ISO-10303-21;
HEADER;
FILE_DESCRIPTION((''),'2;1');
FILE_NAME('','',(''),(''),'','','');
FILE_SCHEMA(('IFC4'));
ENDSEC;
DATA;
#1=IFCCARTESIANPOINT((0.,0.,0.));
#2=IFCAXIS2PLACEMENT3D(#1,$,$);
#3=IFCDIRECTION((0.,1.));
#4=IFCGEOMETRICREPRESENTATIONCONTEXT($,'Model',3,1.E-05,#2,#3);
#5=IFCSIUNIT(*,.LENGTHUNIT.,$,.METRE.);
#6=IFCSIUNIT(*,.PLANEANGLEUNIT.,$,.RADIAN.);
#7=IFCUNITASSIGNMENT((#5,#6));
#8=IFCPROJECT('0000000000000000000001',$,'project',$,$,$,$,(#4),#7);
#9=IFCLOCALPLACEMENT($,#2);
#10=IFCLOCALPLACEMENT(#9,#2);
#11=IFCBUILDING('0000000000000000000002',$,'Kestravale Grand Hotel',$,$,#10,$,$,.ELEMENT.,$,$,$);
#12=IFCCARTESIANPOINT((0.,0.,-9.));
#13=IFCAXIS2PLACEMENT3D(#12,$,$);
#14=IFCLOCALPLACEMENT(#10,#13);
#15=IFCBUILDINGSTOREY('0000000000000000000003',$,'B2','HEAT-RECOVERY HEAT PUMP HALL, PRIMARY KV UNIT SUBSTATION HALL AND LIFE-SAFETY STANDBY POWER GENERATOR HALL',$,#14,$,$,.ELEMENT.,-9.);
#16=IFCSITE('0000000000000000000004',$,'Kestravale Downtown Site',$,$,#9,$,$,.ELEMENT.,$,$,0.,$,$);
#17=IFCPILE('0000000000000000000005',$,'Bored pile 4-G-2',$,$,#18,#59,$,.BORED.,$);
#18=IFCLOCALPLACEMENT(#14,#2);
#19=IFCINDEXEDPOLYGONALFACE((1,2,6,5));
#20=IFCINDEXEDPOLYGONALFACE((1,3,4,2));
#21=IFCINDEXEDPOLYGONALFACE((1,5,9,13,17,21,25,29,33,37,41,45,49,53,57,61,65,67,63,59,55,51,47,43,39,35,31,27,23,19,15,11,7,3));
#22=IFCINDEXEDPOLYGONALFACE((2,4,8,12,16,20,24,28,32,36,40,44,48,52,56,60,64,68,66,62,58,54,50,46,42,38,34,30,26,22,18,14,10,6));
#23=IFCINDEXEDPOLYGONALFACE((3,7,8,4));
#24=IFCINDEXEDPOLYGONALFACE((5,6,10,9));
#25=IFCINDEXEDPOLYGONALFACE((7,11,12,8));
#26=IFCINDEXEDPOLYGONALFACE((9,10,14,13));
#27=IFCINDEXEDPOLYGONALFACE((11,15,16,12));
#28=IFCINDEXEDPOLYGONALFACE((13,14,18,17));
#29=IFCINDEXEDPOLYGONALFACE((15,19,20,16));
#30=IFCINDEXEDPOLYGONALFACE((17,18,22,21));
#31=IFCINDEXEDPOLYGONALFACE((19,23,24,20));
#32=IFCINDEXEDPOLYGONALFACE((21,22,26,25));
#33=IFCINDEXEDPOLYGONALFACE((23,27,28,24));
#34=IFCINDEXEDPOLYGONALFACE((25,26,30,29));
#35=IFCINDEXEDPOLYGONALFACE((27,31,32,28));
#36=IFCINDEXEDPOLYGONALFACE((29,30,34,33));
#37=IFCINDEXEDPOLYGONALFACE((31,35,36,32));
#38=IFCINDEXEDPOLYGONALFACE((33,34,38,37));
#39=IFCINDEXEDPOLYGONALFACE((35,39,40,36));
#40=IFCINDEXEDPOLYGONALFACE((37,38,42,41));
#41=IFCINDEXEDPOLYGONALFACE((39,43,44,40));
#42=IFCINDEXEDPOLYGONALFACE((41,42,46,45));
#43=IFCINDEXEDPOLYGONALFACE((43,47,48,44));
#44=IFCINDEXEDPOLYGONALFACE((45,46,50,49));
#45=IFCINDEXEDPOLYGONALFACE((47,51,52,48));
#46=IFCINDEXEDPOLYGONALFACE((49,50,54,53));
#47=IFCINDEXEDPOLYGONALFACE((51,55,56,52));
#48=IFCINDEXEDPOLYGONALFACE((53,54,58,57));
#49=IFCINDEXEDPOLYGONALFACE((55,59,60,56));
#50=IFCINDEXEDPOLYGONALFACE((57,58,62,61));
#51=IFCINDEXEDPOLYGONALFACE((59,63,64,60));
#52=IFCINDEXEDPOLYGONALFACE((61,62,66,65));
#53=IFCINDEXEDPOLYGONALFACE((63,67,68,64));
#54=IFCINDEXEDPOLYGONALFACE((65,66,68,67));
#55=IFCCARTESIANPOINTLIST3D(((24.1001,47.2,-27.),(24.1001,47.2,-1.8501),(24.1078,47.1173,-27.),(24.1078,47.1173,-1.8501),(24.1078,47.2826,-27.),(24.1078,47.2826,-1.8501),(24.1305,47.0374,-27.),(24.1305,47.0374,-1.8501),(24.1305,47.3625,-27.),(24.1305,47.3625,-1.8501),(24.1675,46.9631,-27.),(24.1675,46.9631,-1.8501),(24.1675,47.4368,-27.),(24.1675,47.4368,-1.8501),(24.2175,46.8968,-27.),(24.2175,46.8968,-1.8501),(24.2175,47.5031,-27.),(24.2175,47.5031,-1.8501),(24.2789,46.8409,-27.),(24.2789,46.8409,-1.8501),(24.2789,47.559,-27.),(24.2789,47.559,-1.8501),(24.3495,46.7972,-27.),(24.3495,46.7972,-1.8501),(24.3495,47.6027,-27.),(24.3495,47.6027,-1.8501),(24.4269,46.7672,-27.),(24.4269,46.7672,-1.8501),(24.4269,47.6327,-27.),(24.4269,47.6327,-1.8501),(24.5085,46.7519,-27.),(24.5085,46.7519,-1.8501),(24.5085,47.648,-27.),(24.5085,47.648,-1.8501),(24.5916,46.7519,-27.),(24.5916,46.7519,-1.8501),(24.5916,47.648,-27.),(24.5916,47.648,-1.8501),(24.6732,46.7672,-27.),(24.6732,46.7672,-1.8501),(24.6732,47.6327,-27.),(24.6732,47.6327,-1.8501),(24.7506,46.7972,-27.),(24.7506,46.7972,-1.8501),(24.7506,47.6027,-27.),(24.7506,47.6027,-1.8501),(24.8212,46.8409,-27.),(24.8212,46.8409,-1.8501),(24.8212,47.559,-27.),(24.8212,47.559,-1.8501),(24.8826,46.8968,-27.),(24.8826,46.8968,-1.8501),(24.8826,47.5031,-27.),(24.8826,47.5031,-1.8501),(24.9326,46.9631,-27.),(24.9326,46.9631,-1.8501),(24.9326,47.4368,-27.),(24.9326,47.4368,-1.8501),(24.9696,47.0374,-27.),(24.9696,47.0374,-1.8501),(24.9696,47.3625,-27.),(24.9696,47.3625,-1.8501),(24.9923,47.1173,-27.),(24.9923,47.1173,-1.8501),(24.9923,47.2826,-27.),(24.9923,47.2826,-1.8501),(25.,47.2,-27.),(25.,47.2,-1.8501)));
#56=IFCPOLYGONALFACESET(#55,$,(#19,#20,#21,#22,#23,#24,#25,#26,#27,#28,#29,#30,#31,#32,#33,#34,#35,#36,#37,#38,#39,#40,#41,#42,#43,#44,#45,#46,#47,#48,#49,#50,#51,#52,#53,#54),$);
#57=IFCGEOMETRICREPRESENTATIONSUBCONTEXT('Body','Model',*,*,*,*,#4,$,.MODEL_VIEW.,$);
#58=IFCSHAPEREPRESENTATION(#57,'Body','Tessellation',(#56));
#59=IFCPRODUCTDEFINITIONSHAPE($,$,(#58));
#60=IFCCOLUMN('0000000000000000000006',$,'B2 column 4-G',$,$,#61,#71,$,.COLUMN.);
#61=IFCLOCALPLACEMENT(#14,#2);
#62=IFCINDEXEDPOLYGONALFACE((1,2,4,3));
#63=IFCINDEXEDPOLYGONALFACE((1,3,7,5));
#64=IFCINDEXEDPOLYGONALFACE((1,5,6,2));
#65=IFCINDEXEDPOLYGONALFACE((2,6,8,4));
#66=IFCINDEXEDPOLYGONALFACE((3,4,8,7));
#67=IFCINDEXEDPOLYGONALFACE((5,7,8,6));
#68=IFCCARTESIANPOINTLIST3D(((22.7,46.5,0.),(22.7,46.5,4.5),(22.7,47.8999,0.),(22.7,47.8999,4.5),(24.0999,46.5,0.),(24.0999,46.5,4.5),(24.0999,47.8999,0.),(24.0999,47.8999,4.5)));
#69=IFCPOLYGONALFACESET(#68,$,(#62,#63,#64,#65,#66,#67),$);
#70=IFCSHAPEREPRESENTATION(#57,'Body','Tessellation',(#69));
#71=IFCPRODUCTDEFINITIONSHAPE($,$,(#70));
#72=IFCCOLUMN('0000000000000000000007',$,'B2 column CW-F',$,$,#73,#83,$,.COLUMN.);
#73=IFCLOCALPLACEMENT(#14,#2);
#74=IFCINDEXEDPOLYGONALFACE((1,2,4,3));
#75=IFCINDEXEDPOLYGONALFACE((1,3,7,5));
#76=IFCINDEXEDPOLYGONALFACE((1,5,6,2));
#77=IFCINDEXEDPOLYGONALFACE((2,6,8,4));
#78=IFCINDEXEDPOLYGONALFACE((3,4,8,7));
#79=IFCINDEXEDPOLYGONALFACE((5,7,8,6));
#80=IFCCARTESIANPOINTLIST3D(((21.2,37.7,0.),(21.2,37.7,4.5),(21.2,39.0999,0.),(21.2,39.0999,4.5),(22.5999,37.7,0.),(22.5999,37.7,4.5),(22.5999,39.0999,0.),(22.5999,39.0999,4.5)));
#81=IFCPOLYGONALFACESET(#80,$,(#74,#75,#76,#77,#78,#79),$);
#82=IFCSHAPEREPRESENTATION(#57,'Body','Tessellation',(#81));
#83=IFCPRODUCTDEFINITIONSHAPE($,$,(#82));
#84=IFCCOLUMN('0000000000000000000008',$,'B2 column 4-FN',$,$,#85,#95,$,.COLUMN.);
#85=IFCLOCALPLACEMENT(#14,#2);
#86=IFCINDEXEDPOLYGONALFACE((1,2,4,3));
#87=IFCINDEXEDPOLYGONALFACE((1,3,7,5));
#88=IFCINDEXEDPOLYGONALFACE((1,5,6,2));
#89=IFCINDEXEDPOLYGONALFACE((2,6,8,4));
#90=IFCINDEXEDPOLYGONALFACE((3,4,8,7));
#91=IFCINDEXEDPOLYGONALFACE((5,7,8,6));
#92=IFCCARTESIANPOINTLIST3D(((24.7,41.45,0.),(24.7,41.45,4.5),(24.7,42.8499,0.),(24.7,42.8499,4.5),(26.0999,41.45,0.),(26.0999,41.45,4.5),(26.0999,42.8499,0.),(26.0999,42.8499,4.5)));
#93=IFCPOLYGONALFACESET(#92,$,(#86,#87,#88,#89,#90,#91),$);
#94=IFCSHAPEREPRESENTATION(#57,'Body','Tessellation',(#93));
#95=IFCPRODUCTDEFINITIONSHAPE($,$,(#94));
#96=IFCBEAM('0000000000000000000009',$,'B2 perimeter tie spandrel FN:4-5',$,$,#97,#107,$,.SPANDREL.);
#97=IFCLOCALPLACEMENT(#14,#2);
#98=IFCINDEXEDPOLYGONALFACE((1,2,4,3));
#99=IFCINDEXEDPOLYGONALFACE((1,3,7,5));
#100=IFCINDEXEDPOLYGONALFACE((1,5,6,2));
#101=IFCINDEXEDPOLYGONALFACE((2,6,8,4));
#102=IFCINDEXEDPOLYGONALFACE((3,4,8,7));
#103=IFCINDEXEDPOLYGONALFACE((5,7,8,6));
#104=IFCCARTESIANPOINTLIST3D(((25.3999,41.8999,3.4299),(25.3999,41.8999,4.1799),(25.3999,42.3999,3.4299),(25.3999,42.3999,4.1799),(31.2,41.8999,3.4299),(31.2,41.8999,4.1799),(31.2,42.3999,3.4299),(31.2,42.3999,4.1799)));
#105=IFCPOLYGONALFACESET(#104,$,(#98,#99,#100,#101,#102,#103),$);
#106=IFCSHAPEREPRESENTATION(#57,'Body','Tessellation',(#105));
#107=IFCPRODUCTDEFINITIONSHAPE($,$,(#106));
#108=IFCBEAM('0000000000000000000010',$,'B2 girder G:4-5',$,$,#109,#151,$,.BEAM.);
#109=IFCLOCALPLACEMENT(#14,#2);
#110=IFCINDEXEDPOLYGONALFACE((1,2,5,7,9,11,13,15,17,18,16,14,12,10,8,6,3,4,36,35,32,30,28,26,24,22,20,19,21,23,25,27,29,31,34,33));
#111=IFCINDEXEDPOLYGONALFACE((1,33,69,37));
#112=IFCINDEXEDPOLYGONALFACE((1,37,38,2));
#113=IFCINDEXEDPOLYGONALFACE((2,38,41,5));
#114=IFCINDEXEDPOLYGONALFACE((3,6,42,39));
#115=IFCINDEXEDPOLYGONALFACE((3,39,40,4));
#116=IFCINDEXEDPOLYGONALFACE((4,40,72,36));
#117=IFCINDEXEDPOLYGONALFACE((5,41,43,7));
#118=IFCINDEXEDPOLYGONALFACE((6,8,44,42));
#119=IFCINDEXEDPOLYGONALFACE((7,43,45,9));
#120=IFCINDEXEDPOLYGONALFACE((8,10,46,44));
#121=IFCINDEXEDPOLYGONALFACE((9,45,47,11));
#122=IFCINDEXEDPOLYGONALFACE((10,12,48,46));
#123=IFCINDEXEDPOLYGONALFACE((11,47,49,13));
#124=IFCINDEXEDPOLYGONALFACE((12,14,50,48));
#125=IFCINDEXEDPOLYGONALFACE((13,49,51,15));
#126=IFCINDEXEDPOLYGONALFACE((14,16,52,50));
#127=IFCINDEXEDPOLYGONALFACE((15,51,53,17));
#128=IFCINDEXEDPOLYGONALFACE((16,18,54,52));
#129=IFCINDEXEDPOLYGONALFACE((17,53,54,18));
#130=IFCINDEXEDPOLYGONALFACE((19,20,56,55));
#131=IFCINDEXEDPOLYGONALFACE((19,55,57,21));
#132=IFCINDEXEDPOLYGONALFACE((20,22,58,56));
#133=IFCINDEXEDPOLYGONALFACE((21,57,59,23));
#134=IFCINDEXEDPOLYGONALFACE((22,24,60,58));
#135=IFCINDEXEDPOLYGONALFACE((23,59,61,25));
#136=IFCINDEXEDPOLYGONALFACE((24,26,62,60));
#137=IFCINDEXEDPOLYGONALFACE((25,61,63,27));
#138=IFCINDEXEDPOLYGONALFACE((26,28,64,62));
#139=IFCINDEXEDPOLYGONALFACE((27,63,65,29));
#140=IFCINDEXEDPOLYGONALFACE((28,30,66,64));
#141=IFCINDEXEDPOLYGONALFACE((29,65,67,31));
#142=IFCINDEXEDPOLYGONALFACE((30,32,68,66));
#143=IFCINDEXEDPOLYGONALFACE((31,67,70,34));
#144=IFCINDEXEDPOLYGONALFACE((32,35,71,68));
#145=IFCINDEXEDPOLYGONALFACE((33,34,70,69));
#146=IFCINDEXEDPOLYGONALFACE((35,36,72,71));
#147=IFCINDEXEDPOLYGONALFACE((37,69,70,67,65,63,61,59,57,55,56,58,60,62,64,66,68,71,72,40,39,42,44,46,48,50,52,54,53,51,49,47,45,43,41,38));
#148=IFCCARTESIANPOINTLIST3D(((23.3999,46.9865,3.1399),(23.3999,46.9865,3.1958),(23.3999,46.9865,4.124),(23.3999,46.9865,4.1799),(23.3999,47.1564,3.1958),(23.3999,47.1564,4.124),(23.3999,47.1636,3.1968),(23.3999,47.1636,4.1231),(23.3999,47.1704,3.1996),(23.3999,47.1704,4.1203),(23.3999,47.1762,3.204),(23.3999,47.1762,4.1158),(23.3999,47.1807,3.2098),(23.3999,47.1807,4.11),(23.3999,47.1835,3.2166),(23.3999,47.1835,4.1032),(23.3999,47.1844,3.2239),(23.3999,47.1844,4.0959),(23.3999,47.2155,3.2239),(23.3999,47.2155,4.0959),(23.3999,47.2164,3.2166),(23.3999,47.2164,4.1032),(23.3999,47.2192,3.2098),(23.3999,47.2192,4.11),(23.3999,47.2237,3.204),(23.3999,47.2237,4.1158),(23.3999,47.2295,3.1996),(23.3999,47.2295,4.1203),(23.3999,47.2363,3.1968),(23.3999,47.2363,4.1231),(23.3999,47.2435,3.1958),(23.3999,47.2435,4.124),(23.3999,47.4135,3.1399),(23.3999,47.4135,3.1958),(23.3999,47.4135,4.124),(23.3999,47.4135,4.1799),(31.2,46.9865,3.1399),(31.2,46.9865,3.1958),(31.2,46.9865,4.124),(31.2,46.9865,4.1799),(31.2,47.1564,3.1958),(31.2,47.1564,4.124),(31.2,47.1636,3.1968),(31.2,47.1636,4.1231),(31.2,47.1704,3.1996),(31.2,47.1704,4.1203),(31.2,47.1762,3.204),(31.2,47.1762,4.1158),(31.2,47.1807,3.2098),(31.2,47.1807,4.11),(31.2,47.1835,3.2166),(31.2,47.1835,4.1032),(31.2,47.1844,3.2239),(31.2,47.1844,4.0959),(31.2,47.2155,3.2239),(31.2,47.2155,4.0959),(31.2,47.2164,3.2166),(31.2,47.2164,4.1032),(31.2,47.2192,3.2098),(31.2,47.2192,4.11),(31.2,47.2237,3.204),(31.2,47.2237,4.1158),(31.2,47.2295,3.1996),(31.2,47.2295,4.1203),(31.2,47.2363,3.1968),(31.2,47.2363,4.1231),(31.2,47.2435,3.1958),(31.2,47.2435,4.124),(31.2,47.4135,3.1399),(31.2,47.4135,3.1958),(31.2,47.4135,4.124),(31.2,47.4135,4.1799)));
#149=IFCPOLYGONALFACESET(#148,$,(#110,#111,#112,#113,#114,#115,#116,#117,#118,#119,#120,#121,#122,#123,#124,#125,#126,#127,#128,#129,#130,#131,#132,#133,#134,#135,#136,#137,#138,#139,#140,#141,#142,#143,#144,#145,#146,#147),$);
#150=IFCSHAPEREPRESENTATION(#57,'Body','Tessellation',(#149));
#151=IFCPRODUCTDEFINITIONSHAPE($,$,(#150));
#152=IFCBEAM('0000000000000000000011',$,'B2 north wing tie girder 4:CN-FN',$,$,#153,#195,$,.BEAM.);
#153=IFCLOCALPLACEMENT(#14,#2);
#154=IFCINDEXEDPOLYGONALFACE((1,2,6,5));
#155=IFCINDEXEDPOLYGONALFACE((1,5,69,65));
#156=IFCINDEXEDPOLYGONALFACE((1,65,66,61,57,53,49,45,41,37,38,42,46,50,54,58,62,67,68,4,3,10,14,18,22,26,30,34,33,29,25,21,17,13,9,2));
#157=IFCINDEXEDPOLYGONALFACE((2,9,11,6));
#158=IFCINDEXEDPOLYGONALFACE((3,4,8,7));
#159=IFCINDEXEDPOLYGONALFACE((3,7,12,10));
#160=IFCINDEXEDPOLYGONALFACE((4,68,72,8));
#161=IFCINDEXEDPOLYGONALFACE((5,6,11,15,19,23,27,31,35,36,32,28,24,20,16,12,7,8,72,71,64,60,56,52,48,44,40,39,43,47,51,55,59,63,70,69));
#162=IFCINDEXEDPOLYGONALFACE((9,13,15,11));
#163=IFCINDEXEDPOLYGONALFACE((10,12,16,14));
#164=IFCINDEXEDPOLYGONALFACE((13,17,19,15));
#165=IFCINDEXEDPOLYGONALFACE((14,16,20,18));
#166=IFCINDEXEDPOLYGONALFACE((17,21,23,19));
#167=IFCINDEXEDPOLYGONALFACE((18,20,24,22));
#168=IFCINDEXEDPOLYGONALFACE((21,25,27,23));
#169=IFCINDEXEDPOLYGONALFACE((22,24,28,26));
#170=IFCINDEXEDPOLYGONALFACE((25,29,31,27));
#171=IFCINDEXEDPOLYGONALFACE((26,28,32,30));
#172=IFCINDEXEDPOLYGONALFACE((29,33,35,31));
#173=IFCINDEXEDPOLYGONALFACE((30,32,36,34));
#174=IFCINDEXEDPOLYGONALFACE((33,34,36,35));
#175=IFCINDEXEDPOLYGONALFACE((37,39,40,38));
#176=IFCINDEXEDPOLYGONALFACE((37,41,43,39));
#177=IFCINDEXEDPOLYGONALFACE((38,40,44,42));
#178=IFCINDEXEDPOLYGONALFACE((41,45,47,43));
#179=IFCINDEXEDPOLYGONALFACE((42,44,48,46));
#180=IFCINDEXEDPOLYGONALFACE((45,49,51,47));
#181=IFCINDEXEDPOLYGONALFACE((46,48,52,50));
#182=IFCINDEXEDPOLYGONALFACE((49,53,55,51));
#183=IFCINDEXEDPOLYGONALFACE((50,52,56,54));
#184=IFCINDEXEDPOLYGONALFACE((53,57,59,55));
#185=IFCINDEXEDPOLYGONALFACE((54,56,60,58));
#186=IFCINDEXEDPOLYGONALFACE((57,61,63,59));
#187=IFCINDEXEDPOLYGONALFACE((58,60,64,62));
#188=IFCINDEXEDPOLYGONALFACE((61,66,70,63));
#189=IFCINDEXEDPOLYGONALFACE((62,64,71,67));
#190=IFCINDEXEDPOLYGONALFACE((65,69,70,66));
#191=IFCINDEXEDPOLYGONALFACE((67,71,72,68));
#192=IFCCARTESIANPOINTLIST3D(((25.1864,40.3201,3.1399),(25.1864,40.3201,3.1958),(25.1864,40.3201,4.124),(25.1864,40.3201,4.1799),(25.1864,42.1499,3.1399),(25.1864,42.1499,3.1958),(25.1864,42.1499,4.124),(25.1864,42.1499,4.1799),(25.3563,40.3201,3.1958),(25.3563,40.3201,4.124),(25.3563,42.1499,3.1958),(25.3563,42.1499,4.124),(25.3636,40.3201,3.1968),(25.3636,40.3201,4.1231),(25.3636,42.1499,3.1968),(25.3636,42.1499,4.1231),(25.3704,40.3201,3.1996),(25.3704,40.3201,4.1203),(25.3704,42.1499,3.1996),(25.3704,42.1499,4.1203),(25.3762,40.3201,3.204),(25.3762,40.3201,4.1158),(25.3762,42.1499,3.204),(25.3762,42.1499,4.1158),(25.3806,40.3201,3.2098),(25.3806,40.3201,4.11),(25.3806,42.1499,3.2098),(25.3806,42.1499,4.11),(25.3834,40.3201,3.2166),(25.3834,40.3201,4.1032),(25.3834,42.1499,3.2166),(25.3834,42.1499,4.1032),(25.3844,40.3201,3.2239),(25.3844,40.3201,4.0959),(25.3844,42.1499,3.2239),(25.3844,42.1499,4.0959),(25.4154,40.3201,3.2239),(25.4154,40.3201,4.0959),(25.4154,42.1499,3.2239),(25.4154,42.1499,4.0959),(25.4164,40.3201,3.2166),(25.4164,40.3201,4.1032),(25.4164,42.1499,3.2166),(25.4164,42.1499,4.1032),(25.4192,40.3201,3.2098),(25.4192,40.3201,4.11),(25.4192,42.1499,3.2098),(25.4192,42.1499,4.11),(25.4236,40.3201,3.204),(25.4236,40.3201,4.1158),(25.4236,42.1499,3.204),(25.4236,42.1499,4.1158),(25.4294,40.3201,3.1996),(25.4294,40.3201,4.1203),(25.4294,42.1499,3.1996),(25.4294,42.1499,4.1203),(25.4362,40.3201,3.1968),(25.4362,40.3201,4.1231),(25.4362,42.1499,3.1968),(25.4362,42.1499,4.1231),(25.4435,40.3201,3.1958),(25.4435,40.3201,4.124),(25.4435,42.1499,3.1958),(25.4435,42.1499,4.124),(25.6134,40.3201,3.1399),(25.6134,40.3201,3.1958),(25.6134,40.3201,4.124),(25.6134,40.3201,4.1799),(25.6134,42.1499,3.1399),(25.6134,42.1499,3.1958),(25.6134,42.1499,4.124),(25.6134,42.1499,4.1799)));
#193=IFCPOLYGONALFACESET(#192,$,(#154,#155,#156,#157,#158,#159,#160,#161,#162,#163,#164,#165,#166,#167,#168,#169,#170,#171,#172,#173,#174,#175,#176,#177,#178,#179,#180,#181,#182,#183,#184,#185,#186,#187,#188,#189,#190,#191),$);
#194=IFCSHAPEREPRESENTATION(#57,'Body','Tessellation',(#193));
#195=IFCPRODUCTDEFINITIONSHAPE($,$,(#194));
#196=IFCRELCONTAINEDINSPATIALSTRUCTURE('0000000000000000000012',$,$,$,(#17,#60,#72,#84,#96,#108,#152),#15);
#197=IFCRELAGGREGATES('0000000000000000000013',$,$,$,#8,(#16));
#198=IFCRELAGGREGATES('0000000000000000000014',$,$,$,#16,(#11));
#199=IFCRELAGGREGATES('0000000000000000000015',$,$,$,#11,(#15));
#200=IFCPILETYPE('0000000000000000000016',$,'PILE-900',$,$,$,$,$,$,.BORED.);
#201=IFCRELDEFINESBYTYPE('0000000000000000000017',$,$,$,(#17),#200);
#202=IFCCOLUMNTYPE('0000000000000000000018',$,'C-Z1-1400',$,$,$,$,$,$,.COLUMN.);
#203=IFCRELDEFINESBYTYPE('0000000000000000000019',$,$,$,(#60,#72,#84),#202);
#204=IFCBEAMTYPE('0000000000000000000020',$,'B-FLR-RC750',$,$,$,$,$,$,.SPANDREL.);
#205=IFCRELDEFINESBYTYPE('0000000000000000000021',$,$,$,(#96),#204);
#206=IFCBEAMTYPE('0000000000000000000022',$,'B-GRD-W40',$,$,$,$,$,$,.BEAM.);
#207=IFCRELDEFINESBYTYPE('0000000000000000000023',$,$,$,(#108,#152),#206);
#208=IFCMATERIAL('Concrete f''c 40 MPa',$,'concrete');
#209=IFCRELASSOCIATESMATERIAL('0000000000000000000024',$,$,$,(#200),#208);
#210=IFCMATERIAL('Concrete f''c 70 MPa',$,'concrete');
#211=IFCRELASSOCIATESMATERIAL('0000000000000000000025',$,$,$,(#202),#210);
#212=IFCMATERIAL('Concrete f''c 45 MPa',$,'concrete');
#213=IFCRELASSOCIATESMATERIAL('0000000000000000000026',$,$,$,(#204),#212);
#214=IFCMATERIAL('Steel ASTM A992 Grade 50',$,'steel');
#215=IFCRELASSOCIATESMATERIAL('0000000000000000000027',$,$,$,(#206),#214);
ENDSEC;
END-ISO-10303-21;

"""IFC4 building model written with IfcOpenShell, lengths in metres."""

from ifc_helpers import new_model, si_unit, direction, frame, origin, origin_2d, place, context, subcontext, project, spatial, rectangle, circle, i_section, extrude, material, material_profile, profile_set, type_object, element, save


model = new_model("IFC4")

# Units and contexts
model_context = context("Model", 3, precision=1e-05, world=origin(), true_north=direction((0.0, 1.0)))
body_context = subcontext(model_context, "Body", "Model", "MODEL_VIEW")
ifc_project = project(units=[si_unit("LENGTHUNIT", "METRE"), si_unit("PLANEANGLEUNIT", "RADIAN")], contexts=[model_context])

# Site, building, storey
site_placement = place(None, origin())
site = spatial("IfcSite", under=ifc_project, at=site_placement, Name="Kestravale Downtown Site", CompositionType="ELEMENT", RefElevation=0.0)
building_placement = place(site_placement, origin())
building = spatial("IfcBuilding", under=site, at=building_placement, Name="Kestravale Grand Hotel", CompositionType="ELEMENT")
storey_placement = place(building_placement, frame((0.0, 0.0, -9.0)))
storey = spatial("IfcBuildingStorey", under=building, at=storey_placement, Name="B2", Description="HEAT-RECOVERY HEAT PUMP HALL, PRIMARY KV UNIT SUBSTATION HALL AND LIFE-SAFETY STANDBY POWER GENERATOR HALL", CompositionType="ELEMENT", Elevation=-9.0)

# Pile
ifc_material_1 = material(Name="Concrete f'c 40 MPa", Category="concrete")
ifc_material_profile_1 = material_profile(ifc_material_1, circle(Radius=0.45, at=origin_2d()))
ifc_profile_set_1 = profile_set([ifc_material_profile_1], Name="Concrete f'c 40 MPa")
pile_type_1 = type_object("IfcPileType", Name="PILE-900", PredefinedType="BORED", material=ifc_profile_set_1)
for number, where, z_axis, x_axis, name in (
    (1, (24.55, 47.2, -1.8501), (0.0, 0.0, -1.0), (1.0, 0.0, 0.0), "Bored pile 4-G-2"),
):
    element("IfcPile", number, at=place(storey_placement, frame(where, z_axis=z_axis, x_axis=x_axis)), inside=storey, type_object=pile_type_1, Name=name, PredefinedType="BORED", context=body_context, shape_type="SweptSolid", body=[
        extrude(circle(Radius=0.45, at=origin_2d()), origin(), (0.0, 0.0, 1.0), 25.1499),
    ])

# Columns
ifc_material_2 = material(Name="Concrete f'c 70 MPa", Category="concrete")
ifc_material_profile_2 = material_profile(ifc_material_2, rectangle(XDim=1.3999, YDim=1.3999, at=origin_2d()))
ifc_profile_set_2 = profile_set([ifc_material_profile_2], Name="Concrete f'c 70 MPa")
column_type = type_object("IfcColumnType", Name="C-Z1-1400", PredefinedType="COLUMN", material=ifc_profile_set_2)
for number, where, z_axis, x_axis, name in (
    (2, (23.3999, 47.2, 0.0), (0.0, 0.0, 1.0), (1.0, 0.0, 0.0), "B2 column 4-G"),
    (3, (21.8999, 38.3999, 0.0), (0.0, 0.0, 1.0), (1.0, 0.0, 0.0), "B2 column CW-F"),
    (4, (25.3999, 42.1499, 0.0), (0.0, 0.0, 1.0), (1.0, 0.0, 0.0), "B2 column 4-FN"),
):
    element("IfcColumn", number, at=place(storey_placement, frame(where, z_axis=z_axis, x_axis=x_axis)), inside=storey, type_object=column_type, Name=name, PredefinedType="COLUMN", context=body_context, shape_type="SweptSolid", body=[
        extrude(rectangle(XDim=1.3999, YDim=1.3999, at=origin_2d()), origin(), (0.0, 0.0, 1.0), 4.5),
    ])

# Beams
ifc_material_3 = material(Name="Concrete f'c 45 MPa", Category="concrete")
ifc_material_profile_3 = material_profile(ifc_material_3, rectangle(XDim=0.5, YDim=0.75, at=origin_2d()))
ifc_profile_set_3 = profile_set([ifc_material_profile_3], Name="Concrete f'c 45 MPa")
beam_type_1 = type_object("IfcBeamType", Name="B-FLR-RC750", PredefinedType="SPANDREL", material=ifc_profile_set_3)
beam_1_placement = place(storey_placement, frame((25.3999, 42.1499, 3.8049), z_axis=(1.0, 0.0, 0.0), x_axis=(0.0, 1.0, 0.0)))
element("IfcBeam", 5, at=beam_1_placement, inside=storey, type_object=beam_type_1, Name="B2 perimeter tie spandrel FN:4-5", PredefinedType="SPANDREL", context=body_context, shape_type="SweptSolid", body=[
    extrude(rectangle(XDim=0.5, YDim=0.75, at=origin_2d()), origin(), (0.0, 0.0, 1.0), 5.8),
])
ifc_material_4 = material(Name="Steel ASTM A992 Grade 50", Category="steel")
ifc_material_profile_4 = material_profile(ifc_material_4, i_section(OverallWidth=0.427, OverallDepth=1.04, WebThickness=0.031, FlangeThickness=0.0559, FilletRadius=0.0281, at=origin_2d()))
ifc_profile_set_4 = profile_set([ifc_material_profile_4], Name="Steel ASTM A992 Grade 50")
beam_type_2 = type_object("IfcBeamType", Name="B-GRD-W40", PredefinedType="BEAM", material=ifc_profile_set_4)
beam_2_placement = place(storey_placement, frame((23.3999, 47.2, 3.6599), z_axis=(1.0, 0.0, 0.0), x_axis=(0.0, 1.0, 0.0)))
element("IfcBeam", 6, at=beam_2_placement, inside=storey, type_object=beam_type_2, Name="B2 girder G:4-5", PredefinedType="BEAM", context=body_context, shape_type="SweptSolid", body=[
    extrude(i_section(OverallWidth=0.427, OverallDepth=1.04, WebThickness=0.031, FlangeThickness=0.0559, FilletRadius=0.0281, at=origin_2d()), origin(), (0.0, 0.0, 1.0), 7.8),
])
beam_3_placement = place(storey_placement, frame((25.3999, 40.3201, 3.6599), z_axis=(0.0, 1.0, 0.0), x_axis=(-1.0, 0.0, 0.0)))
element("IfcBeam", 7, at=beam_3_placement, inside=storey, type_object=beam_type_2, Name="B2 north wing tie girder 4:CN-FN", PredefinedType="BEAM", context=body_context, shape_type="SweptSolid", body=[
    extrude(i_section(OverallWidth=0.427, OverallDepth=1.04, WebThickness=0.031, FlangeThickness=0.0559, FilletRadius=0.0281, at=origin_2d()), origin(), (0.0, 0.0, 1.0), 1.8298),
])

save(model, "model.ifc")
